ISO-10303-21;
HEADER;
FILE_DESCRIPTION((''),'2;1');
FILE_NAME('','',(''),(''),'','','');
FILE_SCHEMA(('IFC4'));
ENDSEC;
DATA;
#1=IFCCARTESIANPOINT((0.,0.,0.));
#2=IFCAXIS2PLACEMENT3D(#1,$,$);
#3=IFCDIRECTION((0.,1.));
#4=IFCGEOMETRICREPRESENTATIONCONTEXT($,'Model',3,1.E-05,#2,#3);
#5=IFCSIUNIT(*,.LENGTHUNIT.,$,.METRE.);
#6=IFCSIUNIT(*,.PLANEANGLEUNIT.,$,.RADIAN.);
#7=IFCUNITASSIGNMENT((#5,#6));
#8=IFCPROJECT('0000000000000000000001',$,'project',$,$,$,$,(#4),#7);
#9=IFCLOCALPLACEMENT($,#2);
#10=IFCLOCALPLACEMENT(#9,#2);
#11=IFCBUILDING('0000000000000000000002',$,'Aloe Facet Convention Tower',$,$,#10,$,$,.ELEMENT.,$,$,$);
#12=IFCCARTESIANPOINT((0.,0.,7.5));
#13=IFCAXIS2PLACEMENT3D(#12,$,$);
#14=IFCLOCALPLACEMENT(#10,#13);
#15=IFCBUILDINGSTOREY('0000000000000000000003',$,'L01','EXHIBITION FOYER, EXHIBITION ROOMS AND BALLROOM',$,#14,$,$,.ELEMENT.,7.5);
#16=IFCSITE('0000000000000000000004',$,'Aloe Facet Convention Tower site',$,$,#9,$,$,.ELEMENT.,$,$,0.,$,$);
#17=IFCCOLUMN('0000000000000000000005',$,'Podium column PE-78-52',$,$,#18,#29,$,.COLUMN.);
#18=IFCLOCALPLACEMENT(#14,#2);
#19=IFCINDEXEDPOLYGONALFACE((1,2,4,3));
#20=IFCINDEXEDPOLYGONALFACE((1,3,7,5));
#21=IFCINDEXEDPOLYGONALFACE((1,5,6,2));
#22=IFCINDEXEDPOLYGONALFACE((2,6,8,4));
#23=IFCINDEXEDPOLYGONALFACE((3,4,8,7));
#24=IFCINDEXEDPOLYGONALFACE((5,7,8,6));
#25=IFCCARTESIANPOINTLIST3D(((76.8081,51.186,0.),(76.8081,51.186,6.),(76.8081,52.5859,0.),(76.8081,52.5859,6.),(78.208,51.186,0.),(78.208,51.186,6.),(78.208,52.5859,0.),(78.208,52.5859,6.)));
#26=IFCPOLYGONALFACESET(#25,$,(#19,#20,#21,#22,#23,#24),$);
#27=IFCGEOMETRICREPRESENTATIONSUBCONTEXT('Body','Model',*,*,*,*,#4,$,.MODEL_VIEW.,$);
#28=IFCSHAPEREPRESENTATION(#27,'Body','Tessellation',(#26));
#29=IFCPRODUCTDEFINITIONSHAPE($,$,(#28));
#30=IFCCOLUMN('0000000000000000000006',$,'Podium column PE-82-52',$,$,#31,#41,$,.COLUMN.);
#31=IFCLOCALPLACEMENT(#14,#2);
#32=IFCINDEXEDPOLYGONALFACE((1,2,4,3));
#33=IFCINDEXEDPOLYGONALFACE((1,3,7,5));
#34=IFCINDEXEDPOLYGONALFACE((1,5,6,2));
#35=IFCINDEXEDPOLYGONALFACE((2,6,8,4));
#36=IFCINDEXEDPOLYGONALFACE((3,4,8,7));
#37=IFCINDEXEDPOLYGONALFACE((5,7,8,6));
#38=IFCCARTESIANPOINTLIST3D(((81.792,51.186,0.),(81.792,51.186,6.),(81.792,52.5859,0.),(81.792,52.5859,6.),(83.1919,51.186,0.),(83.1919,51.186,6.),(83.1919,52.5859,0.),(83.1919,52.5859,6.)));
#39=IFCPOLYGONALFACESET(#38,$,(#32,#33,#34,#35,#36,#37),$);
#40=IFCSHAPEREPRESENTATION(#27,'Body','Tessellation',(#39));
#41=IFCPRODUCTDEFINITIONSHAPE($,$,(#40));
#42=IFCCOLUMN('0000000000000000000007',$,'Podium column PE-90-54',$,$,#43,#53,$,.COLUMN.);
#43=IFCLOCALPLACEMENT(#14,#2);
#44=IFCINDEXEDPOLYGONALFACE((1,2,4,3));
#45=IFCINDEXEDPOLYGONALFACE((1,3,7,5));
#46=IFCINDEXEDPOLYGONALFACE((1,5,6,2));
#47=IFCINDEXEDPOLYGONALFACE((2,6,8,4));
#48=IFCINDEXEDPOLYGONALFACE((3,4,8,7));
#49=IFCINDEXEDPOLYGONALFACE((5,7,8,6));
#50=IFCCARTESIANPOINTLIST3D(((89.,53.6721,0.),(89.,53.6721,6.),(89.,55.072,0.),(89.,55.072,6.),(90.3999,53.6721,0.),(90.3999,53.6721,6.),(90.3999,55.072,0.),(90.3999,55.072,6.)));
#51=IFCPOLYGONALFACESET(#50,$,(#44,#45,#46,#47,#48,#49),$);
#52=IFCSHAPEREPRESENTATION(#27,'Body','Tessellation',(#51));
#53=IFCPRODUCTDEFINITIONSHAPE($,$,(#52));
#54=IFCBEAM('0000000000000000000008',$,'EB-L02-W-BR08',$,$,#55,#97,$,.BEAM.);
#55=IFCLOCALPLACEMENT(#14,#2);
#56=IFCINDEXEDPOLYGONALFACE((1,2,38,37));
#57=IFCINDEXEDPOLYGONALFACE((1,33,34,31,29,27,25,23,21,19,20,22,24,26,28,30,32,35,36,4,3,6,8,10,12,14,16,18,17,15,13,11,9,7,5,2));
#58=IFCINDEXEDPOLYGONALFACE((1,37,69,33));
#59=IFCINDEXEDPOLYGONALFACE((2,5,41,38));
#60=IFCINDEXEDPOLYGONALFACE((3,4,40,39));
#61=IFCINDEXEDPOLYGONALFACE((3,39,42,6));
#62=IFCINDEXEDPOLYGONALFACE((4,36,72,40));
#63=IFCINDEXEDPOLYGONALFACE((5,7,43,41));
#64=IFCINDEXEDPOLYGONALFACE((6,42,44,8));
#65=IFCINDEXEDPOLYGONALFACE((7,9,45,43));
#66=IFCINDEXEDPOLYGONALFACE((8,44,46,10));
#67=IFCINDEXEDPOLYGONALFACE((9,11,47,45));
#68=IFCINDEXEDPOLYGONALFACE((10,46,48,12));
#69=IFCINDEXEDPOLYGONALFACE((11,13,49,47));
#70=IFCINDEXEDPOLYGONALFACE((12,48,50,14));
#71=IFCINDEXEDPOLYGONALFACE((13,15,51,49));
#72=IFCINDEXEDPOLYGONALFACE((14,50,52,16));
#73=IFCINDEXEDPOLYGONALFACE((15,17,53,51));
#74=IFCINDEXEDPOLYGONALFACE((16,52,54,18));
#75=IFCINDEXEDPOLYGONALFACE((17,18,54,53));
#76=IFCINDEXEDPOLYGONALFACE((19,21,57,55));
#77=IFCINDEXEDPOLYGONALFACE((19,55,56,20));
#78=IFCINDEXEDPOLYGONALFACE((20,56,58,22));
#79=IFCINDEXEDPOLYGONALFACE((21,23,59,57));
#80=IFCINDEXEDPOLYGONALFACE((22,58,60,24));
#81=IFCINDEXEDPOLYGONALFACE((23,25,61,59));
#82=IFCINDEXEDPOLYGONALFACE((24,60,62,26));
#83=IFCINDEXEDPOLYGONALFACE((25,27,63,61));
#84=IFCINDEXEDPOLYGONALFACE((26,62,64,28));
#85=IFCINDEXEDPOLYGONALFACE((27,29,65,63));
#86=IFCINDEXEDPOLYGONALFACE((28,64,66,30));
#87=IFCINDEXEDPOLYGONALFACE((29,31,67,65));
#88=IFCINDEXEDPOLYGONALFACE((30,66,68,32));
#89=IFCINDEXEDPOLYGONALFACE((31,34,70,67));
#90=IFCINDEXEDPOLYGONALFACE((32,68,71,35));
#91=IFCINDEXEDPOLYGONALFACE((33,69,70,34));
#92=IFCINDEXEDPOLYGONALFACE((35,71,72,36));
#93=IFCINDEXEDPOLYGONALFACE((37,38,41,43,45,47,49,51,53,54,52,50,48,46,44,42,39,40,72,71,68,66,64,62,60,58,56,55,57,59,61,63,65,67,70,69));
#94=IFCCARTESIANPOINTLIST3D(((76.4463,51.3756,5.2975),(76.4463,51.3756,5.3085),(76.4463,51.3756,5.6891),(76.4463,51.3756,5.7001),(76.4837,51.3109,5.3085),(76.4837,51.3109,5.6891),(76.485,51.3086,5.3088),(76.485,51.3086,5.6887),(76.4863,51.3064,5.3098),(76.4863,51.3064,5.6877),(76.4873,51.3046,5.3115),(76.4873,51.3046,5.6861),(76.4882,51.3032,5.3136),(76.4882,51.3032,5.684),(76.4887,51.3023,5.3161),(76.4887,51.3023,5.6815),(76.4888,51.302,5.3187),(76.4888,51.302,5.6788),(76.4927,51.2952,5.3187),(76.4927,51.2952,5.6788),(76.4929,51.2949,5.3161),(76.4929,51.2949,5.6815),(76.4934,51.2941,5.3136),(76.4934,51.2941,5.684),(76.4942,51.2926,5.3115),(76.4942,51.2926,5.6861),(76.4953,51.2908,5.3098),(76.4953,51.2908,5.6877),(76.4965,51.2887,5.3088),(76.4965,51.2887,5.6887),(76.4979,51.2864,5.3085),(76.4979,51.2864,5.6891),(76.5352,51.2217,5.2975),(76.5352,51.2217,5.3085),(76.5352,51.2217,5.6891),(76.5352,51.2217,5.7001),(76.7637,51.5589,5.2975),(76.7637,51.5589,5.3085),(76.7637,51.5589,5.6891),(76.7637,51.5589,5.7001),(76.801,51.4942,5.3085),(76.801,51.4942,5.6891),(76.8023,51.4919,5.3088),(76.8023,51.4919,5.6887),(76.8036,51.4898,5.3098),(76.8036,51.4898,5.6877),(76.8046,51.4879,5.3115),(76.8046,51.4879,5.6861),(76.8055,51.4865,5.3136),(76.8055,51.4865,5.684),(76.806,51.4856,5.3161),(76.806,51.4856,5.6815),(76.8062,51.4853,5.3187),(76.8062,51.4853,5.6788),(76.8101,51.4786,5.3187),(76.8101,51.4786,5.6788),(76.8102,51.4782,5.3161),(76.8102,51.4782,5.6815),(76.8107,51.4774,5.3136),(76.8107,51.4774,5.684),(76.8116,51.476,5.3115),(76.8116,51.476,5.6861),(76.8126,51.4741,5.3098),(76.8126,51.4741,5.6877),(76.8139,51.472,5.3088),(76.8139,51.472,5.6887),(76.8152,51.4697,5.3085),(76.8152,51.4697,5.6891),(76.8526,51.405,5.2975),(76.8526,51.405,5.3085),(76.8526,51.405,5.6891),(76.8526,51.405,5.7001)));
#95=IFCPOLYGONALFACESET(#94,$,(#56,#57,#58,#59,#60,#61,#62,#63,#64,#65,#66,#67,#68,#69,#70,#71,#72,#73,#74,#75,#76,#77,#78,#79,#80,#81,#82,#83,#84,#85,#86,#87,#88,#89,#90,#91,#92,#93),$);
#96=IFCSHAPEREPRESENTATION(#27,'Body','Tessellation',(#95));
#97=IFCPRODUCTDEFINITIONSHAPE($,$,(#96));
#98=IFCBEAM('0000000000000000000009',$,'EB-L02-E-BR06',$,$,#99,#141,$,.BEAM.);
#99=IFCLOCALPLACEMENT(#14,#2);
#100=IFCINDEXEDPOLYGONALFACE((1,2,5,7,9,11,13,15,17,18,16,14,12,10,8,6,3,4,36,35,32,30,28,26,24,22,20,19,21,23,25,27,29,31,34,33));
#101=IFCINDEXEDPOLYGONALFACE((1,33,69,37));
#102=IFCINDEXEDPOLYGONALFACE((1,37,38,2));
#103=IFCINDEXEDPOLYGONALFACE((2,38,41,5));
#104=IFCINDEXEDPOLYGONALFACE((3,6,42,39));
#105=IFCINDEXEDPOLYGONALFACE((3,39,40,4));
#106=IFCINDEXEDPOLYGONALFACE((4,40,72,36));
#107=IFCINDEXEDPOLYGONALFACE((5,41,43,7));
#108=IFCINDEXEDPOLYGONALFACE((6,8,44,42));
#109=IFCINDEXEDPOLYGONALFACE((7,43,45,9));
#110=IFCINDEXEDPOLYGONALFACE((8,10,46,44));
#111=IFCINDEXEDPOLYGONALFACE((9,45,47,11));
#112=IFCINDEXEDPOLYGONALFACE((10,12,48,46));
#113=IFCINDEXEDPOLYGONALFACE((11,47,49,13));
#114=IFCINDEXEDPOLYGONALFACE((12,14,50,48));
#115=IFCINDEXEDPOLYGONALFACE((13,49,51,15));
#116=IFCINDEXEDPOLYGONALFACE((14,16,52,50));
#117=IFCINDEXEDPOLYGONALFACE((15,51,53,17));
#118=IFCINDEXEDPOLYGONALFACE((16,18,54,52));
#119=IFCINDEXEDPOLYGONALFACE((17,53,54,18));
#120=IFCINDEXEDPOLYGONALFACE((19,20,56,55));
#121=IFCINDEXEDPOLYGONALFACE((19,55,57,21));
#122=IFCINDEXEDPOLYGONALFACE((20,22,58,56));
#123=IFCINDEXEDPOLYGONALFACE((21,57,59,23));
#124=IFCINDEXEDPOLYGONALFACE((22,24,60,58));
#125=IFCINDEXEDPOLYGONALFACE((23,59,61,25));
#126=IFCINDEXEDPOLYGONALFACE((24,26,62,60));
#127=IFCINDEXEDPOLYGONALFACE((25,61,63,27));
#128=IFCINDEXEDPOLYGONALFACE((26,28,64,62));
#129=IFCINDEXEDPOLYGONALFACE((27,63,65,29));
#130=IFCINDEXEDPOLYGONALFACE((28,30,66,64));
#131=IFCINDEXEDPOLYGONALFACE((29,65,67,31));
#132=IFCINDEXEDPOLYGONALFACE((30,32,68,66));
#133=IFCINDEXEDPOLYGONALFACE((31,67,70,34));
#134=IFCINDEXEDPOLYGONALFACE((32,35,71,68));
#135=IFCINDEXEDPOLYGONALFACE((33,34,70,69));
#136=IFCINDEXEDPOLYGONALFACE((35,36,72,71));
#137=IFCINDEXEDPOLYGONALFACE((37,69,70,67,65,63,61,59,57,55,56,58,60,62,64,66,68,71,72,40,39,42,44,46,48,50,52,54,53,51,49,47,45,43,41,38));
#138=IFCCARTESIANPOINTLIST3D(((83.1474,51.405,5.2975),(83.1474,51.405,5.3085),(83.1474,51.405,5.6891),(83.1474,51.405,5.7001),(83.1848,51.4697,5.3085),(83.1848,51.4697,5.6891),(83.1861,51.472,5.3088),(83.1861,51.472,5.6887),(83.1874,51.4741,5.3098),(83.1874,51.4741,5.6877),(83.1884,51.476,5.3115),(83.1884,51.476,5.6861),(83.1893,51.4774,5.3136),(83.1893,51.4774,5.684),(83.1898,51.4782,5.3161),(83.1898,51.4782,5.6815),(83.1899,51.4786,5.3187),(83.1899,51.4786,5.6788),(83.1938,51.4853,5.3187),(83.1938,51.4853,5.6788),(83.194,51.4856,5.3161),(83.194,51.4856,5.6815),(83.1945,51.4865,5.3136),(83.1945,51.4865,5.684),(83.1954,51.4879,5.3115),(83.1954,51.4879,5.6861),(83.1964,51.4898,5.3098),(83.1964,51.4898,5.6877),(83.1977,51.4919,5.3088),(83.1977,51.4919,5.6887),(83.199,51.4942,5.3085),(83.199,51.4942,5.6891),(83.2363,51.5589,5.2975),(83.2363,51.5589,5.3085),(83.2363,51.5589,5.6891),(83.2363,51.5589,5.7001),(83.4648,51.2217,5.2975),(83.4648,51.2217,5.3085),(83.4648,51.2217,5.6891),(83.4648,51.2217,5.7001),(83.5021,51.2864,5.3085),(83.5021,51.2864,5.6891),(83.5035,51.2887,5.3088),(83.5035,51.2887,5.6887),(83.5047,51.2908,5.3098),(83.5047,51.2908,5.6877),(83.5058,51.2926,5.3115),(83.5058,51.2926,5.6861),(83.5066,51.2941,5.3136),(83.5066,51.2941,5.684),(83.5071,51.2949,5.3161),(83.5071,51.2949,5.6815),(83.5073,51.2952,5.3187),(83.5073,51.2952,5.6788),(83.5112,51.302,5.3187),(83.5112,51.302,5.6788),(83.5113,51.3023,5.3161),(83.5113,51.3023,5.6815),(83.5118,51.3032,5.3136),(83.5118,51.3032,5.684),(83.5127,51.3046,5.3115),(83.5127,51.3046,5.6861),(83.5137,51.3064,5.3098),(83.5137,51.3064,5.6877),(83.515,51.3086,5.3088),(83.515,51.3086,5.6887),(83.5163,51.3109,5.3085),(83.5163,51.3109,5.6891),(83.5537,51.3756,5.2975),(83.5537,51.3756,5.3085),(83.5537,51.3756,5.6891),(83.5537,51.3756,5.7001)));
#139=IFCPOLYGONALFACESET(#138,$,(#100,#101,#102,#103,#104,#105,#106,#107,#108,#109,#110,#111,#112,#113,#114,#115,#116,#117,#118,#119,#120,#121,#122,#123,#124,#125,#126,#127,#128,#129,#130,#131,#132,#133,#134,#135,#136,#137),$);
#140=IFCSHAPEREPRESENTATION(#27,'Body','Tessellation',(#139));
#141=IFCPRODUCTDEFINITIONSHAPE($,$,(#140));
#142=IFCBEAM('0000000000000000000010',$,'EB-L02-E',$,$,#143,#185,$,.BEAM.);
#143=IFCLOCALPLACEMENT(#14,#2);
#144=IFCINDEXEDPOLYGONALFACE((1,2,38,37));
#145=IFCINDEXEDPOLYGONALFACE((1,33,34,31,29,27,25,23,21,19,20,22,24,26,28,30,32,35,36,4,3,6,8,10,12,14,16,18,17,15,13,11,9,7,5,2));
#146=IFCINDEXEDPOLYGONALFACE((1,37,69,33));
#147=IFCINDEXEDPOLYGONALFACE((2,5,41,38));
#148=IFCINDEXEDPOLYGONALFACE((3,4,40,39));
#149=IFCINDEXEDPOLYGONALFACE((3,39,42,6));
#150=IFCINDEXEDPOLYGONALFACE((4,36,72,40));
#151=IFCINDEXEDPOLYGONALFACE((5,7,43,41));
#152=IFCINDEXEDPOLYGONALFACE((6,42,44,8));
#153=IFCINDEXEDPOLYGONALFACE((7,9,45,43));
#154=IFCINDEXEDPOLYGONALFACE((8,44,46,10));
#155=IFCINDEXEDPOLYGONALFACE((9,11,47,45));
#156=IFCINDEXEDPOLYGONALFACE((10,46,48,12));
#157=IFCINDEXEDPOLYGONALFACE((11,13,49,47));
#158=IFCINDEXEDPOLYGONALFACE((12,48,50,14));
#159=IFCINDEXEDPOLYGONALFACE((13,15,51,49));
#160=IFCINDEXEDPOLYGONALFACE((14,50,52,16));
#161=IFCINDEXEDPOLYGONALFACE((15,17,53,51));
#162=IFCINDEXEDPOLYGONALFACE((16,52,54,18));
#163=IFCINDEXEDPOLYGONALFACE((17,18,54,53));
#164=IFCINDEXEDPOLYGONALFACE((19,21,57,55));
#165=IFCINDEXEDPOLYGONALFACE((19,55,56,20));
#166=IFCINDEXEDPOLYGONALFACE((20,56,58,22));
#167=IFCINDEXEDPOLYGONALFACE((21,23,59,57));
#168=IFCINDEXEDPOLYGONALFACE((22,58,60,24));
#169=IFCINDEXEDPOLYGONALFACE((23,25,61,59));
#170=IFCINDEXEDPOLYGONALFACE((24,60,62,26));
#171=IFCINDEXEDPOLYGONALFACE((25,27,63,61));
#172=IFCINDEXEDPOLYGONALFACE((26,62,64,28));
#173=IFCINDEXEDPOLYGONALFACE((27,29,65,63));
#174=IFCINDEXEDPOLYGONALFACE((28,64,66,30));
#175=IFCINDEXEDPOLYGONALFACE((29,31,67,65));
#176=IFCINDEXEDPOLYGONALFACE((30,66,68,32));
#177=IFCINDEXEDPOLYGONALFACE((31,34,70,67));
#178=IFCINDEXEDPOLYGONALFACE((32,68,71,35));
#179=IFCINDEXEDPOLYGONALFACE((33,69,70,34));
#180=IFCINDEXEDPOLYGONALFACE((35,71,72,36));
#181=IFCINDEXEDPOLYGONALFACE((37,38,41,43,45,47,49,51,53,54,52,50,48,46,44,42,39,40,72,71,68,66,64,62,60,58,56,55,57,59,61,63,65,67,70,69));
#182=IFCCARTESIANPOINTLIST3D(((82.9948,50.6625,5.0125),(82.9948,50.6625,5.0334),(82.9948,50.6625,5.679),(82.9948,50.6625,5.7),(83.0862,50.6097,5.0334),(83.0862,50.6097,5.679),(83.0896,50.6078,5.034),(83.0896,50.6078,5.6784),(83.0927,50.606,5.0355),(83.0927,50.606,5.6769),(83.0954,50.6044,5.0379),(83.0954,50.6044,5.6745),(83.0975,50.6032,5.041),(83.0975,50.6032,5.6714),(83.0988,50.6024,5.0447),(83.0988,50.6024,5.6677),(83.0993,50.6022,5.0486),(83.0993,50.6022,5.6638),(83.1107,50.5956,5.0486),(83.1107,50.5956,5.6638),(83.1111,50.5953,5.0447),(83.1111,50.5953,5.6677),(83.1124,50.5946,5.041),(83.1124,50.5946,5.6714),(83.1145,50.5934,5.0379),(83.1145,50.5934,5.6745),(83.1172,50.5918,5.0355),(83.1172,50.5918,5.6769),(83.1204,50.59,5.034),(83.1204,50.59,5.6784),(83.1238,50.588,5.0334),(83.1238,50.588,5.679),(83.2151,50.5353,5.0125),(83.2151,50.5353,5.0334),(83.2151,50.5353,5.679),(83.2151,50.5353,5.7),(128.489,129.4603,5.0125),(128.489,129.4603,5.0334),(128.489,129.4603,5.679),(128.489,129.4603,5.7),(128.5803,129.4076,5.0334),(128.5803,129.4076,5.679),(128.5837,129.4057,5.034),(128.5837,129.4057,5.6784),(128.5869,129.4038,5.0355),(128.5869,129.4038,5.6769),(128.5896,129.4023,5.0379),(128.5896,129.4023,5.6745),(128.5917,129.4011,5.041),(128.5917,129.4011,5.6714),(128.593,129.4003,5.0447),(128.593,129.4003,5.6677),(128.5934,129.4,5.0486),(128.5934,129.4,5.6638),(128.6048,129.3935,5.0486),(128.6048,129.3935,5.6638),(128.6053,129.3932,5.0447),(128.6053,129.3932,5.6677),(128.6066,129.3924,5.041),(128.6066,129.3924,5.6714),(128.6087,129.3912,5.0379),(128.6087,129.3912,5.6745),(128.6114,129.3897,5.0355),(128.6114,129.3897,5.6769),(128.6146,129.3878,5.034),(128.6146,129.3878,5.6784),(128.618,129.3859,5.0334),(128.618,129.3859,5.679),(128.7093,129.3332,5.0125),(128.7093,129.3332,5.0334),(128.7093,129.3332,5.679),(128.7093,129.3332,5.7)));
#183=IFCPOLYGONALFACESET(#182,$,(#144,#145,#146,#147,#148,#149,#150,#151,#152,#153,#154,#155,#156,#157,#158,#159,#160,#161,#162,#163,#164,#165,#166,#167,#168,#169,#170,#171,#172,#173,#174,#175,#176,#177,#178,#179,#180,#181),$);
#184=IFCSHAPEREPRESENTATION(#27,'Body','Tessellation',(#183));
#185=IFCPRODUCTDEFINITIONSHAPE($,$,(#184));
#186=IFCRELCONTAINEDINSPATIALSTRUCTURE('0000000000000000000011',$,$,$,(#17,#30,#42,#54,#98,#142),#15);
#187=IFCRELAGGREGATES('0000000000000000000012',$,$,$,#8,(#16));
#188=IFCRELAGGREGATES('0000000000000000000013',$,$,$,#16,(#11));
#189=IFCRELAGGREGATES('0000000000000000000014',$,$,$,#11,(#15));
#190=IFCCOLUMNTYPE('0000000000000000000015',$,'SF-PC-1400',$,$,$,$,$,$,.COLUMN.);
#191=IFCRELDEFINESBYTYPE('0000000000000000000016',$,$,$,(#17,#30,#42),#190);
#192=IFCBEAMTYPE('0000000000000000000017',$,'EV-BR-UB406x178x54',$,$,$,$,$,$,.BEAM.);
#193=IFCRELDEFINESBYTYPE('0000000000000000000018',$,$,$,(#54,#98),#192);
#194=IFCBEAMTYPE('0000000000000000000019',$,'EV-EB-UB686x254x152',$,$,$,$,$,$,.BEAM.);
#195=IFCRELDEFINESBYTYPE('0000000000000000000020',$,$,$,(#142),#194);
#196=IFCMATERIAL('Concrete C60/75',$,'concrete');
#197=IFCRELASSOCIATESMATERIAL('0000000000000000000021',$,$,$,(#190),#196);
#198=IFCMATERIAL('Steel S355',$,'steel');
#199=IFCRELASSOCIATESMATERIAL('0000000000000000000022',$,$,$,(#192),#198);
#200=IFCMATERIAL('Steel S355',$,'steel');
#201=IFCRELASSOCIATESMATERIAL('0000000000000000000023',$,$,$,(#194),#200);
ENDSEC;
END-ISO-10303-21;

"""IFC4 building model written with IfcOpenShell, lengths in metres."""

from ifc_helpers import new_model, si_unit, direction, frame, origin, origin_2d, place, context, subcontext, project, spatial, rectangle, i_section, extrude, material, material_profile, profile_set, type_object, element, save


model = new_model("IFC4")

# Units and contexts
model_context = context("Model", 3, precision=1e-05, world=origin(), true_north=direction((0.0, 1.0)))
body_context = subcontext(model_context, "Body", "Model", "MODEL_VIEW")
ifc_project = project(units=[si_unit("LENGTHUNIT", "METRE"), si_unit("PLANEANGLEUNIT", "RADIAN")], contexts=[model_context])

# Site, building, storey
site_placement = place(None, origin())
site = spatial("IfcSite", under=ifc_project, at=site_placement, Name="Aloe Facet Convention Tower site", CompositionType="ELEMENT", RefElevation=0.0)
building_placement = place(site_placement, origin())
building = spatial("IfcBuilding", under=site, at=building_placement, Name="Aloe Facet Convention Tower", CompositionType="ELEMENT")
storey_placement = place(building_placement, frame((0.0, 0.0, 7.5)))
storey = spatial("IfcBuildingStorey", under=building, at=storey_placement, Name="L01", Description="EXHIBITION FOYER, EXHIBITION ROOMS AND BALLROOM", CompositionType="ELEMENT", Elevation=7.5)

# Columns
ifc_material_1 = material(Name="Concrete C60/75", Category="concrete")
ifc_material_profile_1 = material_profile(ifc_material_1, rectangle(XDim=1.3999, YDim=1.3999, at=origin_2d()), Name="SF-PC-1400")
ifc_profile_set_1 = profile_set([ifc_material_profile_1], Name="Concrete C60/75")
column_type = type_object("IfcColumnType", Name="SF-PC-1400", PredefinedType="COLUMN", material=ifc_profile_set_1)
for number, where, z_axis, x_axis, name in (
    (1, (77.5081, 51.886, 0.0), (0.0, 0.0, 1.0), (1.0, 0.0, 0.0), "Podium column PE-78-52"),
    (2, (82.4919, 51.886, 0.0), (0.0, 0.0, 1.0), (1.0, 0.0, 0.0), "Podium column PE-82-52"),
    (3, (89.7, 54.3721, 0.0), (0.0, 0.0, 1.0), (1.0, 0.0, 0.0), "Podium column PE-90-54"),
):
    element("IfcColumn", number, at=place(storey_placement, frame(where, z_axis=z_axis, x_axis=x_axis)), inside=storey, type_object=column_type, Name=name, PredefinedType="COLUMN", context=body_context, shape_type="SweptSolid", body=[
        extrude(rectangle(XDim=1.3999, YDim=1.3999, at=origin_2d()), origin(), (0.0, 0.0, 1.0), 6.0),
    ])

# Beams
ifc_material_2 = material(Name="Steel S355", Category="steel")
ifc_material_profile_2 = material_profile(ifc_material_2, i_section(OverallWidth=0.1777, OverallDepth=0.4026, WebThickness=0.0078, FlangeThickness=0.011, FilletRadius=0.0103, at=origin_2d()), Name="UB 406x178x54")
ifc_profile_set_2 = profile_set([ifc_material_profile_2], Name="Steel S355")
beam_type_1 = type_object("IfcBeamType", Name="EV-BR-UB406x178x54", PredefinedType="BEAM", material=ifc_profile_set_2)
for number, where, z_axis, x_axis, name in (
    (4, (76.8081, 51.4819, 5.4988), (-0.865897, -0.500222, 0.0), (0.500222, -0.865897, 0.0), "EB-L02-W-BR08"),
    (5, (83.1919, 51.4819, 5.4988), (0.865897, -0.500222, 0.0), (0.500222, 0.865897, 0.0), "EB-L02-E-BR06"),
):
    element("IfcBeam", number, at=place(storey_placement, frame(where, z_axis=z_axis, x_axis=x_axis)), inside=storey, type_object=beam_type_1, Name=name, PredefinedType="BEAM", context=body_context, shape_type="SweptSolid", body=[
        extrude(i_section(OverallWidth=0.1777, OverallDepth=0.4026, WebThickness=0.0078, FlangeThickness=0.011, FilletRadius=0.0103, at=origin_2d()), origin(), (0.0, 0.0, 1.0), 0.3665),
    ])
ifc_material_3 = material(Name="Steel S355", Category="steel")
ifc_material_profile_3 = material_profile(ifc_material_3, i_section(OverallWidth=0.2544, OverallDepth=0.6875, WebThickness=0.0132, FlangeThickness=0.021, FilletRadius=0.0151, at=origin_2d()), Name="UB 686x254x152")
ifc_profile_set_3 = profile_set([ifc_material_profile_3], Name="Steel S355")
beam_type_2 = type_object("IfcBeamType", Name="EV-EB-UB686x254x152", PredefinedType="BEAM", material=ifc_profile_set_3)
beam_1_placement = place(storey_placement, frame((83.105, 50.5989, 5.3562), z_axis=(0.500001, 0.866025, 0.0), x_axis=(-0.866025, 0.500001, 0.0)))
element("IfcBeam", 6, at=beam_1_placement, inside=storey, type_object=beam_type_2, Name="EB-L02-E", PredefinedType="BEAM", context=body_context, shape_type="SweptSolid", body=[
    extrude(i_section(OverallWidth=0.2544, OverallDepth=0.6875, WebThickness=0.0132, FlangeThickness=0.021, FilletRadius=0.0151, at=origin_2d()), origin(), (0.0, 0.0, 1.0), 90.988),
])

save(model, "model.ifc")
